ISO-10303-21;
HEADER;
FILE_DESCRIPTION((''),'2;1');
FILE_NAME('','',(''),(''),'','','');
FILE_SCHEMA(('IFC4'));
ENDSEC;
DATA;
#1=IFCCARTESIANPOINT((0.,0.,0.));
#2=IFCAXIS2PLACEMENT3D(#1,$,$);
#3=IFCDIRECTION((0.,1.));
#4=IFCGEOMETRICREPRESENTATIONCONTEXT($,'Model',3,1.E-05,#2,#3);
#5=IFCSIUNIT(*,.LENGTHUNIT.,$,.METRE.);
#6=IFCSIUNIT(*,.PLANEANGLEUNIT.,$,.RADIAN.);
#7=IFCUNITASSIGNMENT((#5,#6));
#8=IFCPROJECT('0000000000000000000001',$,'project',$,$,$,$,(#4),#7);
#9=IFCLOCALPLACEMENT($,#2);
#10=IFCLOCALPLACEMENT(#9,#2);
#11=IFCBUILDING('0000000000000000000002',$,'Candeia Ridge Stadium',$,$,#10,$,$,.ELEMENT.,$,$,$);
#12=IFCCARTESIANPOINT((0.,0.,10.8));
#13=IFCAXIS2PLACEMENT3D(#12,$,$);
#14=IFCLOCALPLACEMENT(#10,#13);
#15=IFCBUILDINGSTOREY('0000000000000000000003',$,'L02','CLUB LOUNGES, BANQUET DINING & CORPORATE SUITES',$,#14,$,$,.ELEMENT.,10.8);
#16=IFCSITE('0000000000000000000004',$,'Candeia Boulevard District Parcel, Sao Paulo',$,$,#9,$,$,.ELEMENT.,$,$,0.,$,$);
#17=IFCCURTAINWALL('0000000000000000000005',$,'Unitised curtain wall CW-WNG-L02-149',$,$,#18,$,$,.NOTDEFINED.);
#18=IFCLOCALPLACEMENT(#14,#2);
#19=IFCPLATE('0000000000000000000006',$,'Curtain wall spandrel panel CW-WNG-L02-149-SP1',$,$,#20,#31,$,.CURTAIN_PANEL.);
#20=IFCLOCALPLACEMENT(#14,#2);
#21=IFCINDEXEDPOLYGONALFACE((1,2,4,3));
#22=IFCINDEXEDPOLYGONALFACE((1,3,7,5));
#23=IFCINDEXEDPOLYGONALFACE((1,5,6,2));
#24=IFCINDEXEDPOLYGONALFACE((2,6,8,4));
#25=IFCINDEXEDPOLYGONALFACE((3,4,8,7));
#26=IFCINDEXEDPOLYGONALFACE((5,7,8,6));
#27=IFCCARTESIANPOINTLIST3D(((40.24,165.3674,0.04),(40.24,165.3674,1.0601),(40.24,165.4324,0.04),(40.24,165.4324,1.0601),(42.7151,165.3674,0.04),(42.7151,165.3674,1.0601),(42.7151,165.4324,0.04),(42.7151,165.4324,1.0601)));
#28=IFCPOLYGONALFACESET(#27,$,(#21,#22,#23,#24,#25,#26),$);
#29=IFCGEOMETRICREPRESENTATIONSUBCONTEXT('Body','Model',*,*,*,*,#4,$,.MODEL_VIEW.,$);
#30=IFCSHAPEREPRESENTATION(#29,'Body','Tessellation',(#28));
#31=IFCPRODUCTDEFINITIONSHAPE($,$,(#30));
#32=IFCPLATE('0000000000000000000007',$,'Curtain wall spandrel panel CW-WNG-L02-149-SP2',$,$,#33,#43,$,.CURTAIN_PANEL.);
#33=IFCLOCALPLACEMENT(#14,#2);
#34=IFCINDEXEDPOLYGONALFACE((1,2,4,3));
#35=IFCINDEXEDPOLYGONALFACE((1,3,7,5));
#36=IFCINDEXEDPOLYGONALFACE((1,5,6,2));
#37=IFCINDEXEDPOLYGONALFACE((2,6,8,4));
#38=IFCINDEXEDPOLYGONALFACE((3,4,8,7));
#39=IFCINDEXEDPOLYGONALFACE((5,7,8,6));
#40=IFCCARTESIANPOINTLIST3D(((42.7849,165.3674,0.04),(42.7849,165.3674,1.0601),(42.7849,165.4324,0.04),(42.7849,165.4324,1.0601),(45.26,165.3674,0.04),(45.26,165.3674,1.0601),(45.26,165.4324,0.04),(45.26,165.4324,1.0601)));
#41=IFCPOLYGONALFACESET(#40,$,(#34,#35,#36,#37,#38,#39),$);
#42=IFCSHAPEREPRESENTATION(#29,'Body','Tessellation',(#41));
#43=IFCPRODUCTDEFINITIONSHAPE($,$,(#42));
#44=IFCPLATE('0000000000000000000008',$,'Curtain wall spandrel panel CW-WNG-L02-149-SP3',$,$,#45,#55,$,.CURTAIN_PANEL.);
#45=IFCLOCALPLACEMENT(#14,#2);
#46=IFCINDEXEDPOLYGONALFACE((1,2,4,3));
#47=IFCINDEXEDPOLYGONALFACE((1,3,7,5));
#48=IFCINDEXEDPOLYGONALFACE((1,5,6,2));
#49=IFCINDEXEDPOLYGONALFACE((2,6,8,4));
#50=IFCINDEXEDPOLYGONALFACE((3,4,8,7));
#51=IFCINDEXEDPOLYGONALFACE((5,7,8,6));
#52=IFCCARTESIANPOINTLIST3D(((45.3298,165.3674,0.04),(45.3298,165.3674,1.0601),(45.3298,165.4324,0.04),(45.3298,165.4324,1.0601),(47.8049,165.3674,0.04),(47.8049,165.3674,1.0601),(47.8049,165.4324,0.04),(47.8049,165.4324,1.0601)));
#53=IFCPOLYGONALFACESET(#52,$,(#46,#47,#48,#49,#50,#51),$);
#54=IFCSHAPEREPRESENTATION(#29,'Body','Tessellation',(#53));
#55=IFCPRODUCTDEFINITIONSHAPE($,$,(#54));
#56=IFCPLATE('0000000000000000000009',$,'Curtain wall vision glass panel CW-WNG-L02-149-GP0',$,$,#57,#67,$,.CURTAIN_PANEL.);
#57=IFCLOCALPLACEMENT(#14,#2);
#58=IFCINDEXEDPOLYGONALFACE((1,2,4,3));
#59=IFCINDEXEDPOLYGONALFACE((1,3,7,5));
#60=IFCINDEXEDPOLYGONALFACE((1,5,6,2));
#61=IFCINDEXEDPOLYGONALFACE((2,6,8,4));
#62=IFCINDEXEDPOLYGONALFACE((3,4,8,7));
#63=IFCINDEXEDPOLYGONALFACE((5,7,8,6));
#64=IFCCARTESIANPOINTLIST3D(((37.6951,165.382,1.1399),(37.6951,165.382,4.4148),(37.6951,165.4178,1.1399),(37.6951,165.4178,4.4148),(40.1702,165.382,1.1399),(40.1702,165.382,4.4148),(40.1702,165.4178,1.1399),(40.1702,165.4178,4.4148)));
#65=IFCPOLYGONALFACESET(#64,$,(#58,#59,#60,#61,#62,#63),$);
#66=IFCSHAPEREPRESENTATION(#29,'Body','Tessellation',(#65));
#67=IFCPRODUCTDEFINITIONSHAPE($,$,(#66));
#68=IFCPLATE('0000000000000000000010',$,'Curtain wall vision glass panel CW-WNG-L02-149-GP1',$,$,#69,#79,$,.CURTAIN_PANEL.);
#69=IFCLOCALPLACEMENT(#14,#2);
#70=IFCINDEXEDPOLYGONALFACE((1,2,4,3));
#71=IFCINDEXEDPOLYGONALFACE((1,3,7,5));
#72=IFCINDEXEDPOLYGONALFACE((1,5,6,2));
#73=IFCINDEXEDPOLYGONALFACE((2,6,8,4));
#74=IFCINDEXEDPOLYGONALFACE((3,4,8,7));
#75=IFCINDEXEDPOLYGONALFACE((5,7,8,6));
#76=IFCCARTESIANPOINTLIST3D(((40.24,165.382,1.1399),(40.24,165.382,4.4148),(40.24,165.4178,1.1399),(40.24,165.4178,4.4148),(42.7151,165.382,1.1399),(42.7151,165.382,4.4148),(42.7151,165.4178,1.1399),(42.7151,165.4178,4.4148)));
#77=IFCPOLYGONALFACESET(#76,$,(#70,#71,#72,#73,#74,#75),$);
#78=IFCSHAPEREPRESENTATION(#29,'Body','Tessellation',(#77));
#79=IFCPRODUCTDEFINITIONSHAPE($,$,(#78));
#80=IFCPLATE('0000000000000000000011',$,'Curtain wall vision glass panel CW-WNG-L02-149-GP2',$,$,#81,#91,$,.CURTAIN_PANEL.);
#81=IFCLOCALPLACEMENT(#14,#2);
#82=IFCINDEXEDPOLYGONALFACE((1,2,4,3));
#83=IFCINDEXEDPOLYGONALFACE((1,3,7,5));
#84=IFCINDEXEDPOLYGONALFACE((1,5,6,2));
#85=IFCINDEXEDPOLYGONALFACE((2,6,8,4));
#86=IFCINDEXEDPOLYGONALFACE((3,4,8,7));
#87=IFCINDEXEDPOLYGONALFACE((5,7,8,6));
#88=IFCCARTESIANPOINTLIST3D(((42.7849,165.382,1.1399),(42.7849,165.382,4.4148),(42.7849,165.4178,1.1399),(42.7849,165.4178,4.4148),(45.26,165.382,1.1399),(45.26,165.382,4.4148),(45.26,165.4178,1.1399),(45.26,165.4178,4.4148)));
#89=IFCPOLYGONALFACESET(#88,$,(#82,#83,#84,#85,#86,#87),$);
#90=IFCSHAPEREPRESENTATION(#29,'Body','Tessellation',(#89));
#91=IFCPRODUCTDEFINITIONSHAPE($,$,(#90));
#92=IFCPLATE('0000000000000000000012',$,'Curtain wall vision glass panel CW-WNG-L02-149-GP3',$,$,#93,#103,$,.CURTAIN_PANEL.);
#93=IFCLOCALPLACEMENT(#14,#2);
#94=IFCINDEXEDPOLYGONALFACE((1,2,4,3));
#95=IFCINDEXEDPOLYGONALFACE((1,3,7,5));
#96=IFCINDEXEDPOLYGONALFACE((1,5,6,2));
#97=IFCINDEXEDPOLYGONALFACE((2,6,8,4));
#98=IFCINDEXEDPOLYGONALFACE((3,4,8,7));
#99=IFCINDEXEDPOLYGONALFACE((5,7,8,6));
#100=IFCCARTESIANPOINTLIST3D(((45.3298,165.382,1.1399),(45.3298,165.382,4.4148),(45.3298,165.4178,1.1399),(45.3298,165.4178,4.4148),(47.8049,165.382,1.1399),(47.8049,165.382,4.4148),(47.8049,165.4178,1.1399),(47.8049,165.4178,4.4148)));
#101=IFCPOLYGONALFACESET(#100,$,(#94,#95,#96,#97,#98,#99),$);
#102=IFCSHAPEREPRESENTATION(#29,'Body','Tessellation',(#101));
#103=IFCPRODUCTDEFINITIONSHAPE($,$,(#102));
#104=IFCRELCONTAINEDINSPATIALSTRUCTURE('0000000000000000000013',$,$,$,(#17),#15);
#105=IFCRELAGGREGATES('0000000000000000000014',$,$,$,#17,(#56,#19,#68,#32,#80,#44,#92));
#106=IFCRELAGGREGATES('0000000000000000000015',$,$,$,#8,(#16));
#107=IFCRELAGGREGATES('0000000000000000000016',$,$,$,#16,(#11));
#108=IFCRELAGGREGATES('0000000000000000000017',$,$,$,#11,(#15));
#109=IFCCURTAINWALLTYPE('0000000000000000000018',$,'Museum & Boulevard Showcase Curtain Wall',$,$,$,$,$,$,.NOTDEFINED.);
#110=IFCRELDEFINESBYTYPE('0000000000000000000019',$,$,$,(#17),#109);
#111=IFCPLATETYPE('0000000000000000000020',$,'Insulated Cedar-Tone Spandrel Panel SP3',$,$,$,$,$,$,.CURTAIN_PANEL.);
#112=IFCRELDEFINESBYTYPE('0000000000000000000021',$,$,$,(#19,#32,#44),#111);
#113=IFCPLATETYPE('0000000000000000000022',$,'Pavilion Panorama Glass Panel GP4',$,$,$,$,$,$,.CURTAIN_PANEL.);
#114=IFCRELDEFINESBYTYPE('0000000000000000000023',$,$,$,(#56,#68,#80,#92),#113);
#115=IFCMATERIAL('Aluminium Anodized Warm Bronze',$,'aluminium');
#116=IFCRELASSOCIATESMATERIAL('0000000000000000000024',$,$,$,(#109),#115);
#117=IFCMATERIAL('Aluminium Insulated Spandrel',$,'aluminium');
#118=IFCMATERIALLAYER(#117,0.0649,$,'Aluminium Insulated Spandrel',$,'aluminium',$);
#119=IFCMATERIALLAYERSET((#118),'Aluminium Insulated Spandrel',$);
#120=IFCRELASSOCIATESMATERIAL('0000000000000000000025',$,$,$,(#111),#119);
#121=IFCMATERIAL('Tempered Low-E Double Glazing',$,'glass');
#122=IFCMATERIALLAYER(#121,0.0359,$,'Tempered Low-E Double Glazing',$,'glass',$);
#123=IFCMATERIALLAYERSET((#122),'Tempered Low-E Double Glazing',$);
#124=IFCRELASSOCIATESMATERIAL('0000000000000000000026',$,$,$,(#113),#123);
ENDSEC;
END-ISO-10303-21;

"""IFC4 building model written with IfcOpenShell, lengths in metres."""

from ifc_helpers import new_model, si_unit, direction, frame, origin, origin_2d, place, context, subcontext, project, spatial, rectangle, extrude, material, layer, layer_set, type_object, element, aggregate, save


model = new_model("IFC4")

# Units and contexts
model_context = context("Model", 3, precision=1e-05, world=origin(), true_north=direction((0.0, 1.0)))
body_context = subcontext(model_context, "Body", "Model", "MODEL_VIEW")
ifc_project = project(units=[si_unit("LENGTHUNIT", "METRE"), si_unit("PLANEANGLEUNIT", "RADIAN")], contexts=[model_context])

# Site, building, storey
site_placement = place(None, origin())
site = spatial("IfcSite", under=ifc_project, at=site_placement, Name="Candeia Boulevard District Parcel, Sao Paulo", CompositionType="ELEMENT", RefElevation=0.0)
building_placement = place(site_placement, origin())
building = spatial("IfcBuilding", under=site, at=building_placement, Name="Candeia Ridge Stadium", CompositionType="ELEMENT")
storey_placement = place(building_placement, frame((0.0, 0.0, 10.8)))
storey = spatial("IfcBuildingStorey", under=building, at=storey_placement, Name="L02", Description="CLUB LOUNGES, BANQUET DINING & CORPORATE SUITES", CompositionType="ELEMENT", Elevation=10.8)

# Curtain wall
ifc_material_1 = material(Name="Aluminium Anodized Warm Bronze", Category="aluminium")
curtain_wall_type = type_object("IfcCurtainWallType", Name="Museum & Boulevard Showcase Curtain Wall", PredefinedType="NOTDEFINED", material=ifc_material_1)
curtain_wall_placement = place(storey_placement, origin())
curtain_wall = element("IfcCurtainWall", 1, at=curtain_wall_placement, inside=storey, type_object=curtain_wall_type, Name="Unitised curtain wall CW-WNG-L02-149", PredefinedType="NOTDEFINED")

# Plates
ifc_material_2 = material(Name="Aluminium Insulated Spandrel", Category="aluminium")
ifc_layer_1 = layer(ifc_material_2, 0.0649, Name="Aluminium Insulated Spandrel", Category="aluminium")
ifc_layer_set_1 = layer_set([ifc_layer_1], Name="Aluminium Insulated Spandrel")
plate_type_1 = type_object("IfcPlateType", Name="Insulated Cedar-Tone Spandrel Panel SP3", PredefinedType="CURTAIN_PANEL", material=ifc_layer_set_1)
plate_1_placement = place(storey_placement, frame((41.4775, 165.3999, 0.04), z_axis=(0.0, 0.0, 1.0), x_axis=(1.0, 0.0, 0.0)))
plate_1 = element("IfcPlate", 2, at=plate_1_placement, type_object=plate_type_1, Name="Curtain wall spandrel panel CW-WNG-L02-149-SP1", PredefinedType="CURTAIN_PANEL", context=body_context, shape_type="SweptSolid", body=[
    extrude(rectangle(XDim=2.4751, YDim=0.0649, at=origin_2d()), origin(), (0.0, 0.0, 1.0), 1.02),
])
plate_2_placement = place(storey_placement, frame((44.0225, 165.3999, 0.04), z_axis=(0.0, 0.0, 1.0), x_axis=(1.0, 0.0, 0.0)))
plate_2 = element("IfcPlate", 3, at=plate_2_placement, type_object=plate_type_1, Name="Curtain wall spandrel panel CW-WNG-L02-149-SP2", PredefinedType="CURTAIN_PANEL", context=body_context, shape_type="SweptSolid", body=[
    extrude(rectangle(XDim=2.4751, YDim=0.0649, at=origin_2d()), origin(), (0.0, 0.0, 1.0), 1.02),
])
plate_3_placement = place(storey_placement, frame((46.5674, 165.3999, 0.04), z_axis=(0.0, 0.0, 1.0), x_axis=(1.0, 0.0, 0.0)))
plate_3 = element("IfcPlate", 4, at=plate_3_placement, type_object=plate_type_1, Name="Curtain wall spandrel panel CW-WNG-L02-149-SP3", PredefinedType="CURTAIN_PANEL", context=body_context, shape_type="SweptSolid", body=[
    extrude(rectangle(XDim=2.4751, YDim=0.0649, at=origin_2d()), origin(), (0.0, 0.0, 1.0), 1.02),
])
ifc_material_3 = material(Name="Tempered Low-E Double Glazing", Category="glass")
ifc_layer_2 = layer(ifc_material_3, 0.0359, Name="Tempered Low-E Double Glazing", Category="glass")
ifc_layer_set_2 = layer_set([ifc_layer_2], Name="Tempered Low-E Double Glazing")
plate_type_2 = type_object("IfcPlateType", Name="Pavilion Panorama Glass Panel GP4", PredefinedType="CURTAIN_PANEL", material=ifc_layer_set_2)
plate_4_placement = place(storey_placement, frame((38.9326, 165.3999, 1.1399), z_axis=(0.0, 0.0, 1.0), x_axis=(1.0, 0.0, 0.0)))
plate_4 = element("IfcPlate", 5, at=plate_4_placement, type_object=plate_type_2, Name="Curtain wall vision glass panel CW-WNG-L02-149-GP0", PredefinedType="CURTAIN_PANEL", context=body_context, shape_type="SweptSolid", body=[
    extrude(rectangle(XDim=2.4751, YDim=0.0359, at=origin_2d()), origin(), (0.0, 0.0, 1.0), 3.2749),
])
plate_5_placement = place(storey_placement, frame((41.4775, 165.3999, 1.1399), z_axis=(0.0, 0.0, 1.0), x_axis=(1.0, 0.0, 0.0)))
plate_5 = element("IfcPlate", 6, at=plate_5_placement, type_object=plate_type_2, Name="Curtain wall vision glass panel CW-WNG-L02-149-GP1", PredefinedType="CURTAIN_PANEL", context=body_context, shape_type="SweptSolid", body=[
    extrude(rectangle(XDim=2.4751, YDim=0.0359, at=origin_2d()), origin(), (0.0, 0.0, 1.0), 3.2749),
])
plate_6_placement = place(storey_placement, frame((44.0225, 165.3999, 1.1399), z_axis=(0.0, 0.0, 1.0), x_axis=(1.0, 0.0, 0.0)))
plate_6 = element("IfcPlate", 7, at=plate_6_placement, type_object=plate_type_2, Name="Curtain wall vision glass panel CW-WNG-L02-149-GP2", PredefinedType="CURTAIN_PANEL", context=body_context, shape_type="SweptSolid", body=[
    extrude(rectangle(XDim=2.4751, YDim=0.0359, at=origin_2d()), origin(), (0.0, 0.0, 1.0), 3.2749),
])
plate_7_placement = place(storey_placement, frame((46.5674, 165.3999, 1.1399), z_axis=(0.0, 0.0, 1.0), x_axis=(1.0, 0.0, 0.0)))
plate_7 = element("IfcPlate", 8, at=plate_7_placement, type_object=plate_type_2, Name="Curtain wall vision glass panel CW-WNG-L02-149-GP3", PredefinedType="CURTAIN_PANEL", context=body_context, shape_type="SweptSolid", body=[
    extrude(rectangle(XDim=2.4751, YDim=0.0359, at=origin_2d()), origin(), (0.0, 0.0, 1.0), 3.2749),
])
aggregate(curtain_wall, [plate_4, plate_1, plate_5, plate_2, plate_6, plate_3, plate_7])

save(model, "model.ifc")
